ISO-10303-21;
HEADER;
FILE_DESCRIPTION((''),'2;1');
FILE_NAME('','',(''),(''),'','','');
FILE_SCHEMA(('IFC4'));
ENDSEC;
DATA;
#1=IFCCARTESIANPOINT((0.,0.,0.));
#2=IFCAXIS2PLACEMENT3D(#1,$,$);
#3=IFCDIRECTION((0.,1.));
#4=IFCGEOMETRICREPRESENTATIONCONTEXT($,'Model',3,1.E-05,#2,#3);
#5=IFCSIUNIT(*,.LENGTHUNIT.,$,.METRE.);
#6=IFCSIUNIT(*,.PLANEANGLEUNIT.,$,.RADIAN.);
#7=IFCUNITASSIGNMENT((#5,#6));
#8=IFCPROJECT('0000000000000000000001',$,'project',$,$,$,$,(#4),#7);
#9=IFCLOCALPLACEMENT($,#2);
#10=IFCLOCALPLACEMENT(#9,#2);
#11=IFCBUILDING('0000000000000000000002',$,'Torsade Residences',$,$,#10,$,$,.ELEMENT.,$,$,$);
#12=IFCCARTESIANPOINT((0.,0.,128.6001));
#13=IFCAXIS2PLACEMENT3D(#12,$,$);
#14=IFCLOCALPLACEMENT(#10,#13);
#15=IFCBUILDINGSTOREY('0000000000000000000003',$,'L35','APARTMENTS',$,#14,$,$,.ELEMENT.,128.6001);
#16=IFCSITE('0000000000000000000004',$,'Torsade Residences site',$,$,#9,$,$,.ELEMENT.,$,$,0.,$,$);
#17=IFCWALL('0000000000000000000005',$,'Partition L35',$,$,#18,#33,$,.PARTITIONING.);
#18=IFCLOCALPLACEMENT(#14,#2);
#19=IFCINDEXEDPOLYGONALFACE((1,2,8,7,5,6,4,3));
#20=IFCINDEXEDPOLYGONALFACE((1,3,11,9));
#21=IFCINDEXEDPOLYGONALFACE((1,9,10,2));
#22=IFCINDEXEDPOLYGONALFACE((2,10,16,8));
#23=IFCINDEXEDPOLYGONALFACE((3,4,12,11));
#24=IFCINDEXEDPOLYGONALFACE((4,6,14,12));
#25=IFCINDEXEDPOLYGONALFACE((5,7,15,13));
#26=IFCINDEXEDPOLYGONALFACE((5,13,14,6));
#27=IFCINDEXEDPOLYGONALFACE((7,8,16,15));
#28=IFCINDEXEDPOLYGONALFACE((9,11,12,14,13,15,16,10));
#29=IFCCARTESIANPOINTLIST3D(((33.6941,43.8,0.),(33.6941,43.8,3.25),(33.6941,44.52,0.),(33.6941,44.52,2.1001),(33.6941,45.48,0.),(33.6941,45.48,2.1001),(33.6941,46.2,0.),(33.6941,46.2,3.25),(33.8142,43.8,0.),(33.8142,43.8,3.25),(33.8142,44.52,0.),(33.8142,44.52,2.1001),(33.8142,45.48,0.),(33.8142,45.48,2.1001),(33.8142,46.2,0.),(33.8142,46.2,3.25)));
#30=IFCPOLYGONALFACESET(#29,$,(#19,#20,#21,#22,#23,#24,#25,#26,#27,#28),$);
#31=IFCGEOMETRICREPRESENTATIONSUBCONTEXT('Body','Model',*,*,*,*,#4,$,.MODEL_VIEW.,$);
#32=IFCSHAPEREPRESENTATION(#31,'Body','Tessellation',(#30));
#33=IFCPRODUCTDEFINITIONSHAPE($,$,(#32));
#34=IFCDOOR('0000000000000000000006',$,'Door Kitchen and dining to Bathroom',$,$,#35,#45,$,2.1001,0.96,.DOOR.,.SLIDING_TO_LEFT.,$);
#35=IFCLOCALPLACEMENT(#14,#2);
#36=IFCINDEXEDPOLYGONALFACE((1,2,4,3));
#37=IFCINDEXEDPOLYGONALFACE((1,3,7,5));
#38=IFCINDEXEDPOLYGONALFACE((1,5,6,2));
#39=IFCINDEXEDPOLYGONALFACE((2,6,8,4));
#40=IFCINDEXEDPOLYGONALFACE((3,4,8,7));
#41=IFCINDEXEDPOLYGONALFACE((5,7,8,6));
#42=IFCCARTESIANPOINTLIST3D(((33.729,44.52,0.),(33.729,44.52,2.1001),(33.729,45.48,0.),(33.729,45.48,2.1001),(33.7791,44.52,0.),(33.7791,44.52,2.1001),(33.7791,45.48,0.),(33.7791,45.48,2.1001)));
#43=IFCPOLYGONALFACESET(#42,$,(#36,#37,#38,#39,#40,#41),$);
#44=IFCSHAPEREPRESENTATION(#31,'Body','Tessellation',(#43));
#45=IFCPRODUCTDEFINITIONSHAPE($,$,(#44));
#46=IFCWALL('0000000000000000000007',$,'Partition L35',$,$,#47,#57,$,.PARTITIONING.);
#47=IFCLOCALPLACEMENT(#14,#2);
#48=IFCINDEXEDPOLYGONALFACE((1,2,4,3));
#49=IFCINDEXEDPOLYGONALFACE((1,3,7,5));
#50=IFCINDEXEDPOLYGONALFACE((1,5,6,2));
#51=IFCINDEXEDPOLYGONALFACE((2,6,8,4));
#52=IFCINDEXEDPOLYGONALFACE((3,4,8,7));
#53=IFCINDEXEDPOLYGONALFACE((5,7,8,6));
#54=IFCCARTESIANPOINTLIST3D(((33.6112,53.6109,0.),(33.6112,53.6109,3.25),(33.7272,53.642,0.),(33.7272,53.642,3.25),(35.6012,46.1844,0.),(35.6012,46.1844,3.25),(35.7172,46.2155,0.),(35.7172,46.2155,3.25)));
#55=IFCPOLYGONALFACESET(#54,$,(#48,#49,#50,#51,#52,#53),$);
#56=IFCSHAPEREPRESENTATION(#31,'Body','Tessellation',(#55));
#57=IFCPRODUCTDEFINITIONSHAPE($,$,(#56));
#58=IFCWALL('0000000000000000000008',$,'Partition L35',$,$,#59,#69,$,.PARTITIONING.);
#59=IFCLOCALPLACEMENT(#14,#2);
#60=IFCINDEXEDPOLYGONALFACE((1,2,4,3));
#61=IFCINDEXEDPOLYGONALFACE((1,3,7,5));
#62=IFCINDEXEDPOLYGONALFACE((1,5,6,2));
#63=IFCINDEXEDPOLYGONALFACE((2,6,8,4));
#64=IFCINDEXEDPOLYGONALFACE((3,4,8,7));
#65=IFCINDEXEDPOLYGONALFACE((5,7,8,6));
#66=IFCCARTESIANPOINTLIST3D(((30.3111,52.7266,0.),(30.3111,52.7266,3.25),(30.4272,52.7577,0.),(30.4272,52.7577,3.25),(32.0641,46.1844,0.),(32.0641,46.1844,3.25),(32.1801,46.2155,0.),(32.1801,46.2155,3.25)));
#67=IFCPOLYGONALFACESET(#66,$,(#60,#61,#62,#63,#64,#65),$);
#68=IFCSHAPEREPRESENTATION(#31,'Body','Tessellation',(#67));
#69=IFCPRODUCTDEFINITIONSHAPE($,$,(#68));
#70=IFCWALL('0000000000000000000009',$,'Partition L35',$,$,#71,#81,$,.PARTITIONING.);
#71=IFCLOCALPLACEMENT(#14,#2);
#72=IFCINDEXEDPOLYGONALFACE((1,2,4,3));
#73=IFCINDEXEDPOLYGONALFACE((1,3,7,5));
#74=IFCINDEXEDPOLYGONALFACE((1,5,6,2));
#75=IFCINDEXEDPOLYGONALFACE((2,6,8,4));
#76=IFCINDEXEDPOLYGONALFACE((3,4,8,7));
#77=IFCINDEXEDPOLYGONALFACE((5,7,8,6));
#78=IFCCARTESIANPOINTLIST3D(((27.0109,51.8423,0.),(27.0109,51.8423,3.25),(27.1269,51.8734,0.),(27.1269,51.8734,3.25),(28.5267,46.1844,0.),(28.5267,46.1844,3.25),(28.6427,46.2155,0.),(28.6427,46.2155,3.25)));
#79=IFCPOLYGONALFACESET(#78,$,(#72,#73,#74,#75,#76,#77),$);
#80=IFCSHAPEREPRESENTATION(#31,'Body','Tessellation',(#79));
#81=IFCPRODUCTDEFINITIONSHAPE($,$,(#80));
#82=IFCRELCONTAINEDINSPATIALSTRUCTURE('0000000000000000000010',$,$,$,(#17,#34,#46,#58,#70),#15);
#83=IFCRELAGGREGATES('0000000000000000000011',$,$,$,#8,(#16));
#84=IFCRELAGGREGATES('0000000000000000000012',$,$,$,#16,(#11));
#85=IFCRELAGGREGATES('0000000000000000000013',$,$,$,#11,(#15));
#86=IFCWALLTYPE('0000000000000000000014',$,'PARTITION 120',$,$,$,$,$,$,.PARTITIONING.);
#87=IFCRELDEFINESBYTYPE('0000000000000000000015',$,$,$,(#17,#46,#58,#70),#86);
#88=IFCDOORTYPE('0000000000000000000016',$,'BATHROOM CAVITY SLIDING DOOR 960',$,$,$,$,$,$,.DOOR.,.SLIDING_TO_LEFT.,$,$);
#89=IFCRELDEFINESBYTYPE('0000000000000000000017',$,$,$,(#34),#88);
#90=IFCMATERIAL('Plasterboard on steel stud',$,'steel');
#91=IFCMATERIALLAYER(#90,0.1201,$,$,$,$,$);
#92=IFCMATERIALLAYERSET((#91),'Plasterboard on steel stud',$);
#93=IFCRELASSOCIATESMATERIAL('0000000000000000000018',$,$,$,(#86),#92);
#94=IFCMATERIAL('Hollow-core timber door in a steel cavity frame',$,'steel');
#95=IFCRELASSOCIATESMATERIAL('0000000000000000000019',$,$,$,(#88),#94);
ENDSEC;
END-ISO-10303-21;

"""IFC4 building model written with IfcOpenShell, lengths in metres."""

from ifc_helpers import new_model, si_unit, direction, frame, frame_2d, origin, place, context, subcontext, project, spatial, rectangle, extrude, material, layer, layer_set, type_object, element, fill, save


model = new_model("IFC4")

# Units and contexts
model_context = context("Model", 3, precision=1e-05, world=origin(), true_north=direction((0.0, 1.0)))
body_context = subcontext(model_context, "Body", "Model", "MODEL_VIEW")
ifc_project = project(units=[si_unit("LENGTHUNIT", "METRE"), si_unit("PLANEANGLEUNIT", "RADIAN")], contexts=[model_context])

# Site, building, storey
site_placement = place(None, origin())
site = spatial("IfcSite", under=ifc_project, at=site_placement, Name="Torsade Residences site", CompositionType="ELEMENT", RefElevation=0.0)
building_placement = place(site_placement, origin())
building = spatial("IfcBuilding", under=site, at=building_placement, Name="Torsade Residences", CompositionType="ELEMENT")
storey_placement = place(building_placement, frame((0.0, 0.0, 128.6001)))
storey = spatial("IfcBuildingStorey", under=building, at=storey_placement, Name="L35", Description="APARTMENTS", CompositionType="ELEMENT", Elevation=128.6001)

# Wall, opening, door
ifc_material_1 = material(Name="Plasterboard on steel stud", Category="steel")
ifc_layer_1 = layer(ifc_material_1, 0.1201)
ifc_layer_set_1 = layer_set([ifc_layer_1], Name="Plasterboard on steel stud")
wall_type = type_object("IfcWallType", Name="PARTITION 120", PredefinedType="PARTITIONING", material=ifc_layer_set_1)
wall_1_placement = place(storey_placement, frame((33.7542, 46.2, 0.0), z_axis=(0.0, 0.0, 1.0), x_axis=(0.0, -1.0, 0.0)))
wall_1 = element("IfcWall", 1, at=wall_1_placement, inside=storey, type_object=wall_type, Name="Partition L35", PredefinedType="PARTITIONING", context=body_context, shape_type="SweptSolid", body=[
    extrude(rectangle(XDim=2.3999, YDim=0.1201, at=frame_2d((1.2, 0.0))), origin(), (0.0, 0.0, 1.0), 3.25),
])
opening_placement = place(wall_1_placement, frame((0.72, 0.0, 0.0)))
opening = element("IfcOpeningElement", 2, at=opening_placement, cuts=wall_1, PredefinedType="OPENING", context=body_context, shape_type="SweptSolid", body=[
    extrude(rectangle(XDim=0.96, YDim=2.1001, at=frame_2d((0.48, 1.05))), frame((0.0, 0.0701, 0.0), z_axis=(0.0, -1.0, 0.0), x_axis=(1.0, 0.0, 0.0)), (0.0, 0.0, 1.0), 0.1401),
])
ifc_material_2 = material(Name="Hollow-core timber door in a steel cavity frame", Category="steel")
door_type = type_object("IfcDoorType", Name="BATHROOM CAVITY SLIDING DOOR 960", OperationType="SLIDING_TO_LEFT", PredefinedType="DOOR", material=ifc_material_2)
door_placement = place(opening_placement, origin())
door = element("IfcDoor", 3, at=door_placement, inside=storey, type_object=door_type, Name="Door Kitchen and dining to Bathroom", OperationType="SLIDING_TO_LEFT", OverallHeight=2.1001, OverallWidth=0.96, PredefinedType="DOOR", context=body_context, shape_type="SweptSolid", body=[
    extrude(rectangle(XDim=0.96, YDim=2.1001, at=frame_2d((0.48, 1.05))), frame((0.0, 0.0249, 0.0), z_axis=(0.0, -1.0, 0.0), x_axis=(1.0, 0.0, 0.0)), (0.0, 0.0, 1.0), 0.05),
])
fill(opening, door)

# Walls
wall_2_placement = place(storey_placement, frame((35.6592, 46.2, 0.0), z_axis=(0.0, 0.0, 1.0), x_axis=(-0.258827, 0.965924, 0.0)))
element("IfcWall", 4, at=wall_2_placement, inside=storey, type_object=wall_type, Name="Partition L35", PredefinedType="PARTITIONING", context=body_context, shape_type="SweptSolid", body=[
    extrude(rectangle(XDim=7.6885, YDim=0.1201, at=frame_2d((3.8442, 0.0))), origin(), (0.0, 0.0, 1.0), 3.25),
])
wall_3_placement = place(storey_placement, frame((32.1221, 46.2, 0.0), z_axis=(0.0, 0.0, 1.0), x_axis=(-0.258811, 0.965928, 0.0)))
element("IfcWall", 5, at=wall_3_placement, inside=storey, type_object=wall_type, Name="Partition L35", PredefinedType="PARTITIONING", context=body_context, shape_type="SweptSolid", body=[
    extrude(rectangle(XDim=6.7729, YDim=0.1201, at=frame_2d((3.3865, 0.0))), origin(), (0.0, 0.0, 1.0), 3.25),
])
wall_4_placement = place(storey_placement, frame((28.5847, 46.2, 0.0), z_axis=(0.0, 0.0, 1.0), x_axis=(-0.258791, 0.965933, 0.0)))
element("IfcWall", 6, at=wall_4_placement, inside=storey, type_object=wall_type, Name="Partition L35", PredefinedType="PARTITIONING", context=body_context, shape_type="SweptSolid", body=[
    extrude(rectangle(XDim=5.8574, YDim=0.1201, at=frame_2d((2.9287, 0.0))), origin(), (0.0, 0.0, 1.0), 3.25),
])

save(model, "model.ifc")
